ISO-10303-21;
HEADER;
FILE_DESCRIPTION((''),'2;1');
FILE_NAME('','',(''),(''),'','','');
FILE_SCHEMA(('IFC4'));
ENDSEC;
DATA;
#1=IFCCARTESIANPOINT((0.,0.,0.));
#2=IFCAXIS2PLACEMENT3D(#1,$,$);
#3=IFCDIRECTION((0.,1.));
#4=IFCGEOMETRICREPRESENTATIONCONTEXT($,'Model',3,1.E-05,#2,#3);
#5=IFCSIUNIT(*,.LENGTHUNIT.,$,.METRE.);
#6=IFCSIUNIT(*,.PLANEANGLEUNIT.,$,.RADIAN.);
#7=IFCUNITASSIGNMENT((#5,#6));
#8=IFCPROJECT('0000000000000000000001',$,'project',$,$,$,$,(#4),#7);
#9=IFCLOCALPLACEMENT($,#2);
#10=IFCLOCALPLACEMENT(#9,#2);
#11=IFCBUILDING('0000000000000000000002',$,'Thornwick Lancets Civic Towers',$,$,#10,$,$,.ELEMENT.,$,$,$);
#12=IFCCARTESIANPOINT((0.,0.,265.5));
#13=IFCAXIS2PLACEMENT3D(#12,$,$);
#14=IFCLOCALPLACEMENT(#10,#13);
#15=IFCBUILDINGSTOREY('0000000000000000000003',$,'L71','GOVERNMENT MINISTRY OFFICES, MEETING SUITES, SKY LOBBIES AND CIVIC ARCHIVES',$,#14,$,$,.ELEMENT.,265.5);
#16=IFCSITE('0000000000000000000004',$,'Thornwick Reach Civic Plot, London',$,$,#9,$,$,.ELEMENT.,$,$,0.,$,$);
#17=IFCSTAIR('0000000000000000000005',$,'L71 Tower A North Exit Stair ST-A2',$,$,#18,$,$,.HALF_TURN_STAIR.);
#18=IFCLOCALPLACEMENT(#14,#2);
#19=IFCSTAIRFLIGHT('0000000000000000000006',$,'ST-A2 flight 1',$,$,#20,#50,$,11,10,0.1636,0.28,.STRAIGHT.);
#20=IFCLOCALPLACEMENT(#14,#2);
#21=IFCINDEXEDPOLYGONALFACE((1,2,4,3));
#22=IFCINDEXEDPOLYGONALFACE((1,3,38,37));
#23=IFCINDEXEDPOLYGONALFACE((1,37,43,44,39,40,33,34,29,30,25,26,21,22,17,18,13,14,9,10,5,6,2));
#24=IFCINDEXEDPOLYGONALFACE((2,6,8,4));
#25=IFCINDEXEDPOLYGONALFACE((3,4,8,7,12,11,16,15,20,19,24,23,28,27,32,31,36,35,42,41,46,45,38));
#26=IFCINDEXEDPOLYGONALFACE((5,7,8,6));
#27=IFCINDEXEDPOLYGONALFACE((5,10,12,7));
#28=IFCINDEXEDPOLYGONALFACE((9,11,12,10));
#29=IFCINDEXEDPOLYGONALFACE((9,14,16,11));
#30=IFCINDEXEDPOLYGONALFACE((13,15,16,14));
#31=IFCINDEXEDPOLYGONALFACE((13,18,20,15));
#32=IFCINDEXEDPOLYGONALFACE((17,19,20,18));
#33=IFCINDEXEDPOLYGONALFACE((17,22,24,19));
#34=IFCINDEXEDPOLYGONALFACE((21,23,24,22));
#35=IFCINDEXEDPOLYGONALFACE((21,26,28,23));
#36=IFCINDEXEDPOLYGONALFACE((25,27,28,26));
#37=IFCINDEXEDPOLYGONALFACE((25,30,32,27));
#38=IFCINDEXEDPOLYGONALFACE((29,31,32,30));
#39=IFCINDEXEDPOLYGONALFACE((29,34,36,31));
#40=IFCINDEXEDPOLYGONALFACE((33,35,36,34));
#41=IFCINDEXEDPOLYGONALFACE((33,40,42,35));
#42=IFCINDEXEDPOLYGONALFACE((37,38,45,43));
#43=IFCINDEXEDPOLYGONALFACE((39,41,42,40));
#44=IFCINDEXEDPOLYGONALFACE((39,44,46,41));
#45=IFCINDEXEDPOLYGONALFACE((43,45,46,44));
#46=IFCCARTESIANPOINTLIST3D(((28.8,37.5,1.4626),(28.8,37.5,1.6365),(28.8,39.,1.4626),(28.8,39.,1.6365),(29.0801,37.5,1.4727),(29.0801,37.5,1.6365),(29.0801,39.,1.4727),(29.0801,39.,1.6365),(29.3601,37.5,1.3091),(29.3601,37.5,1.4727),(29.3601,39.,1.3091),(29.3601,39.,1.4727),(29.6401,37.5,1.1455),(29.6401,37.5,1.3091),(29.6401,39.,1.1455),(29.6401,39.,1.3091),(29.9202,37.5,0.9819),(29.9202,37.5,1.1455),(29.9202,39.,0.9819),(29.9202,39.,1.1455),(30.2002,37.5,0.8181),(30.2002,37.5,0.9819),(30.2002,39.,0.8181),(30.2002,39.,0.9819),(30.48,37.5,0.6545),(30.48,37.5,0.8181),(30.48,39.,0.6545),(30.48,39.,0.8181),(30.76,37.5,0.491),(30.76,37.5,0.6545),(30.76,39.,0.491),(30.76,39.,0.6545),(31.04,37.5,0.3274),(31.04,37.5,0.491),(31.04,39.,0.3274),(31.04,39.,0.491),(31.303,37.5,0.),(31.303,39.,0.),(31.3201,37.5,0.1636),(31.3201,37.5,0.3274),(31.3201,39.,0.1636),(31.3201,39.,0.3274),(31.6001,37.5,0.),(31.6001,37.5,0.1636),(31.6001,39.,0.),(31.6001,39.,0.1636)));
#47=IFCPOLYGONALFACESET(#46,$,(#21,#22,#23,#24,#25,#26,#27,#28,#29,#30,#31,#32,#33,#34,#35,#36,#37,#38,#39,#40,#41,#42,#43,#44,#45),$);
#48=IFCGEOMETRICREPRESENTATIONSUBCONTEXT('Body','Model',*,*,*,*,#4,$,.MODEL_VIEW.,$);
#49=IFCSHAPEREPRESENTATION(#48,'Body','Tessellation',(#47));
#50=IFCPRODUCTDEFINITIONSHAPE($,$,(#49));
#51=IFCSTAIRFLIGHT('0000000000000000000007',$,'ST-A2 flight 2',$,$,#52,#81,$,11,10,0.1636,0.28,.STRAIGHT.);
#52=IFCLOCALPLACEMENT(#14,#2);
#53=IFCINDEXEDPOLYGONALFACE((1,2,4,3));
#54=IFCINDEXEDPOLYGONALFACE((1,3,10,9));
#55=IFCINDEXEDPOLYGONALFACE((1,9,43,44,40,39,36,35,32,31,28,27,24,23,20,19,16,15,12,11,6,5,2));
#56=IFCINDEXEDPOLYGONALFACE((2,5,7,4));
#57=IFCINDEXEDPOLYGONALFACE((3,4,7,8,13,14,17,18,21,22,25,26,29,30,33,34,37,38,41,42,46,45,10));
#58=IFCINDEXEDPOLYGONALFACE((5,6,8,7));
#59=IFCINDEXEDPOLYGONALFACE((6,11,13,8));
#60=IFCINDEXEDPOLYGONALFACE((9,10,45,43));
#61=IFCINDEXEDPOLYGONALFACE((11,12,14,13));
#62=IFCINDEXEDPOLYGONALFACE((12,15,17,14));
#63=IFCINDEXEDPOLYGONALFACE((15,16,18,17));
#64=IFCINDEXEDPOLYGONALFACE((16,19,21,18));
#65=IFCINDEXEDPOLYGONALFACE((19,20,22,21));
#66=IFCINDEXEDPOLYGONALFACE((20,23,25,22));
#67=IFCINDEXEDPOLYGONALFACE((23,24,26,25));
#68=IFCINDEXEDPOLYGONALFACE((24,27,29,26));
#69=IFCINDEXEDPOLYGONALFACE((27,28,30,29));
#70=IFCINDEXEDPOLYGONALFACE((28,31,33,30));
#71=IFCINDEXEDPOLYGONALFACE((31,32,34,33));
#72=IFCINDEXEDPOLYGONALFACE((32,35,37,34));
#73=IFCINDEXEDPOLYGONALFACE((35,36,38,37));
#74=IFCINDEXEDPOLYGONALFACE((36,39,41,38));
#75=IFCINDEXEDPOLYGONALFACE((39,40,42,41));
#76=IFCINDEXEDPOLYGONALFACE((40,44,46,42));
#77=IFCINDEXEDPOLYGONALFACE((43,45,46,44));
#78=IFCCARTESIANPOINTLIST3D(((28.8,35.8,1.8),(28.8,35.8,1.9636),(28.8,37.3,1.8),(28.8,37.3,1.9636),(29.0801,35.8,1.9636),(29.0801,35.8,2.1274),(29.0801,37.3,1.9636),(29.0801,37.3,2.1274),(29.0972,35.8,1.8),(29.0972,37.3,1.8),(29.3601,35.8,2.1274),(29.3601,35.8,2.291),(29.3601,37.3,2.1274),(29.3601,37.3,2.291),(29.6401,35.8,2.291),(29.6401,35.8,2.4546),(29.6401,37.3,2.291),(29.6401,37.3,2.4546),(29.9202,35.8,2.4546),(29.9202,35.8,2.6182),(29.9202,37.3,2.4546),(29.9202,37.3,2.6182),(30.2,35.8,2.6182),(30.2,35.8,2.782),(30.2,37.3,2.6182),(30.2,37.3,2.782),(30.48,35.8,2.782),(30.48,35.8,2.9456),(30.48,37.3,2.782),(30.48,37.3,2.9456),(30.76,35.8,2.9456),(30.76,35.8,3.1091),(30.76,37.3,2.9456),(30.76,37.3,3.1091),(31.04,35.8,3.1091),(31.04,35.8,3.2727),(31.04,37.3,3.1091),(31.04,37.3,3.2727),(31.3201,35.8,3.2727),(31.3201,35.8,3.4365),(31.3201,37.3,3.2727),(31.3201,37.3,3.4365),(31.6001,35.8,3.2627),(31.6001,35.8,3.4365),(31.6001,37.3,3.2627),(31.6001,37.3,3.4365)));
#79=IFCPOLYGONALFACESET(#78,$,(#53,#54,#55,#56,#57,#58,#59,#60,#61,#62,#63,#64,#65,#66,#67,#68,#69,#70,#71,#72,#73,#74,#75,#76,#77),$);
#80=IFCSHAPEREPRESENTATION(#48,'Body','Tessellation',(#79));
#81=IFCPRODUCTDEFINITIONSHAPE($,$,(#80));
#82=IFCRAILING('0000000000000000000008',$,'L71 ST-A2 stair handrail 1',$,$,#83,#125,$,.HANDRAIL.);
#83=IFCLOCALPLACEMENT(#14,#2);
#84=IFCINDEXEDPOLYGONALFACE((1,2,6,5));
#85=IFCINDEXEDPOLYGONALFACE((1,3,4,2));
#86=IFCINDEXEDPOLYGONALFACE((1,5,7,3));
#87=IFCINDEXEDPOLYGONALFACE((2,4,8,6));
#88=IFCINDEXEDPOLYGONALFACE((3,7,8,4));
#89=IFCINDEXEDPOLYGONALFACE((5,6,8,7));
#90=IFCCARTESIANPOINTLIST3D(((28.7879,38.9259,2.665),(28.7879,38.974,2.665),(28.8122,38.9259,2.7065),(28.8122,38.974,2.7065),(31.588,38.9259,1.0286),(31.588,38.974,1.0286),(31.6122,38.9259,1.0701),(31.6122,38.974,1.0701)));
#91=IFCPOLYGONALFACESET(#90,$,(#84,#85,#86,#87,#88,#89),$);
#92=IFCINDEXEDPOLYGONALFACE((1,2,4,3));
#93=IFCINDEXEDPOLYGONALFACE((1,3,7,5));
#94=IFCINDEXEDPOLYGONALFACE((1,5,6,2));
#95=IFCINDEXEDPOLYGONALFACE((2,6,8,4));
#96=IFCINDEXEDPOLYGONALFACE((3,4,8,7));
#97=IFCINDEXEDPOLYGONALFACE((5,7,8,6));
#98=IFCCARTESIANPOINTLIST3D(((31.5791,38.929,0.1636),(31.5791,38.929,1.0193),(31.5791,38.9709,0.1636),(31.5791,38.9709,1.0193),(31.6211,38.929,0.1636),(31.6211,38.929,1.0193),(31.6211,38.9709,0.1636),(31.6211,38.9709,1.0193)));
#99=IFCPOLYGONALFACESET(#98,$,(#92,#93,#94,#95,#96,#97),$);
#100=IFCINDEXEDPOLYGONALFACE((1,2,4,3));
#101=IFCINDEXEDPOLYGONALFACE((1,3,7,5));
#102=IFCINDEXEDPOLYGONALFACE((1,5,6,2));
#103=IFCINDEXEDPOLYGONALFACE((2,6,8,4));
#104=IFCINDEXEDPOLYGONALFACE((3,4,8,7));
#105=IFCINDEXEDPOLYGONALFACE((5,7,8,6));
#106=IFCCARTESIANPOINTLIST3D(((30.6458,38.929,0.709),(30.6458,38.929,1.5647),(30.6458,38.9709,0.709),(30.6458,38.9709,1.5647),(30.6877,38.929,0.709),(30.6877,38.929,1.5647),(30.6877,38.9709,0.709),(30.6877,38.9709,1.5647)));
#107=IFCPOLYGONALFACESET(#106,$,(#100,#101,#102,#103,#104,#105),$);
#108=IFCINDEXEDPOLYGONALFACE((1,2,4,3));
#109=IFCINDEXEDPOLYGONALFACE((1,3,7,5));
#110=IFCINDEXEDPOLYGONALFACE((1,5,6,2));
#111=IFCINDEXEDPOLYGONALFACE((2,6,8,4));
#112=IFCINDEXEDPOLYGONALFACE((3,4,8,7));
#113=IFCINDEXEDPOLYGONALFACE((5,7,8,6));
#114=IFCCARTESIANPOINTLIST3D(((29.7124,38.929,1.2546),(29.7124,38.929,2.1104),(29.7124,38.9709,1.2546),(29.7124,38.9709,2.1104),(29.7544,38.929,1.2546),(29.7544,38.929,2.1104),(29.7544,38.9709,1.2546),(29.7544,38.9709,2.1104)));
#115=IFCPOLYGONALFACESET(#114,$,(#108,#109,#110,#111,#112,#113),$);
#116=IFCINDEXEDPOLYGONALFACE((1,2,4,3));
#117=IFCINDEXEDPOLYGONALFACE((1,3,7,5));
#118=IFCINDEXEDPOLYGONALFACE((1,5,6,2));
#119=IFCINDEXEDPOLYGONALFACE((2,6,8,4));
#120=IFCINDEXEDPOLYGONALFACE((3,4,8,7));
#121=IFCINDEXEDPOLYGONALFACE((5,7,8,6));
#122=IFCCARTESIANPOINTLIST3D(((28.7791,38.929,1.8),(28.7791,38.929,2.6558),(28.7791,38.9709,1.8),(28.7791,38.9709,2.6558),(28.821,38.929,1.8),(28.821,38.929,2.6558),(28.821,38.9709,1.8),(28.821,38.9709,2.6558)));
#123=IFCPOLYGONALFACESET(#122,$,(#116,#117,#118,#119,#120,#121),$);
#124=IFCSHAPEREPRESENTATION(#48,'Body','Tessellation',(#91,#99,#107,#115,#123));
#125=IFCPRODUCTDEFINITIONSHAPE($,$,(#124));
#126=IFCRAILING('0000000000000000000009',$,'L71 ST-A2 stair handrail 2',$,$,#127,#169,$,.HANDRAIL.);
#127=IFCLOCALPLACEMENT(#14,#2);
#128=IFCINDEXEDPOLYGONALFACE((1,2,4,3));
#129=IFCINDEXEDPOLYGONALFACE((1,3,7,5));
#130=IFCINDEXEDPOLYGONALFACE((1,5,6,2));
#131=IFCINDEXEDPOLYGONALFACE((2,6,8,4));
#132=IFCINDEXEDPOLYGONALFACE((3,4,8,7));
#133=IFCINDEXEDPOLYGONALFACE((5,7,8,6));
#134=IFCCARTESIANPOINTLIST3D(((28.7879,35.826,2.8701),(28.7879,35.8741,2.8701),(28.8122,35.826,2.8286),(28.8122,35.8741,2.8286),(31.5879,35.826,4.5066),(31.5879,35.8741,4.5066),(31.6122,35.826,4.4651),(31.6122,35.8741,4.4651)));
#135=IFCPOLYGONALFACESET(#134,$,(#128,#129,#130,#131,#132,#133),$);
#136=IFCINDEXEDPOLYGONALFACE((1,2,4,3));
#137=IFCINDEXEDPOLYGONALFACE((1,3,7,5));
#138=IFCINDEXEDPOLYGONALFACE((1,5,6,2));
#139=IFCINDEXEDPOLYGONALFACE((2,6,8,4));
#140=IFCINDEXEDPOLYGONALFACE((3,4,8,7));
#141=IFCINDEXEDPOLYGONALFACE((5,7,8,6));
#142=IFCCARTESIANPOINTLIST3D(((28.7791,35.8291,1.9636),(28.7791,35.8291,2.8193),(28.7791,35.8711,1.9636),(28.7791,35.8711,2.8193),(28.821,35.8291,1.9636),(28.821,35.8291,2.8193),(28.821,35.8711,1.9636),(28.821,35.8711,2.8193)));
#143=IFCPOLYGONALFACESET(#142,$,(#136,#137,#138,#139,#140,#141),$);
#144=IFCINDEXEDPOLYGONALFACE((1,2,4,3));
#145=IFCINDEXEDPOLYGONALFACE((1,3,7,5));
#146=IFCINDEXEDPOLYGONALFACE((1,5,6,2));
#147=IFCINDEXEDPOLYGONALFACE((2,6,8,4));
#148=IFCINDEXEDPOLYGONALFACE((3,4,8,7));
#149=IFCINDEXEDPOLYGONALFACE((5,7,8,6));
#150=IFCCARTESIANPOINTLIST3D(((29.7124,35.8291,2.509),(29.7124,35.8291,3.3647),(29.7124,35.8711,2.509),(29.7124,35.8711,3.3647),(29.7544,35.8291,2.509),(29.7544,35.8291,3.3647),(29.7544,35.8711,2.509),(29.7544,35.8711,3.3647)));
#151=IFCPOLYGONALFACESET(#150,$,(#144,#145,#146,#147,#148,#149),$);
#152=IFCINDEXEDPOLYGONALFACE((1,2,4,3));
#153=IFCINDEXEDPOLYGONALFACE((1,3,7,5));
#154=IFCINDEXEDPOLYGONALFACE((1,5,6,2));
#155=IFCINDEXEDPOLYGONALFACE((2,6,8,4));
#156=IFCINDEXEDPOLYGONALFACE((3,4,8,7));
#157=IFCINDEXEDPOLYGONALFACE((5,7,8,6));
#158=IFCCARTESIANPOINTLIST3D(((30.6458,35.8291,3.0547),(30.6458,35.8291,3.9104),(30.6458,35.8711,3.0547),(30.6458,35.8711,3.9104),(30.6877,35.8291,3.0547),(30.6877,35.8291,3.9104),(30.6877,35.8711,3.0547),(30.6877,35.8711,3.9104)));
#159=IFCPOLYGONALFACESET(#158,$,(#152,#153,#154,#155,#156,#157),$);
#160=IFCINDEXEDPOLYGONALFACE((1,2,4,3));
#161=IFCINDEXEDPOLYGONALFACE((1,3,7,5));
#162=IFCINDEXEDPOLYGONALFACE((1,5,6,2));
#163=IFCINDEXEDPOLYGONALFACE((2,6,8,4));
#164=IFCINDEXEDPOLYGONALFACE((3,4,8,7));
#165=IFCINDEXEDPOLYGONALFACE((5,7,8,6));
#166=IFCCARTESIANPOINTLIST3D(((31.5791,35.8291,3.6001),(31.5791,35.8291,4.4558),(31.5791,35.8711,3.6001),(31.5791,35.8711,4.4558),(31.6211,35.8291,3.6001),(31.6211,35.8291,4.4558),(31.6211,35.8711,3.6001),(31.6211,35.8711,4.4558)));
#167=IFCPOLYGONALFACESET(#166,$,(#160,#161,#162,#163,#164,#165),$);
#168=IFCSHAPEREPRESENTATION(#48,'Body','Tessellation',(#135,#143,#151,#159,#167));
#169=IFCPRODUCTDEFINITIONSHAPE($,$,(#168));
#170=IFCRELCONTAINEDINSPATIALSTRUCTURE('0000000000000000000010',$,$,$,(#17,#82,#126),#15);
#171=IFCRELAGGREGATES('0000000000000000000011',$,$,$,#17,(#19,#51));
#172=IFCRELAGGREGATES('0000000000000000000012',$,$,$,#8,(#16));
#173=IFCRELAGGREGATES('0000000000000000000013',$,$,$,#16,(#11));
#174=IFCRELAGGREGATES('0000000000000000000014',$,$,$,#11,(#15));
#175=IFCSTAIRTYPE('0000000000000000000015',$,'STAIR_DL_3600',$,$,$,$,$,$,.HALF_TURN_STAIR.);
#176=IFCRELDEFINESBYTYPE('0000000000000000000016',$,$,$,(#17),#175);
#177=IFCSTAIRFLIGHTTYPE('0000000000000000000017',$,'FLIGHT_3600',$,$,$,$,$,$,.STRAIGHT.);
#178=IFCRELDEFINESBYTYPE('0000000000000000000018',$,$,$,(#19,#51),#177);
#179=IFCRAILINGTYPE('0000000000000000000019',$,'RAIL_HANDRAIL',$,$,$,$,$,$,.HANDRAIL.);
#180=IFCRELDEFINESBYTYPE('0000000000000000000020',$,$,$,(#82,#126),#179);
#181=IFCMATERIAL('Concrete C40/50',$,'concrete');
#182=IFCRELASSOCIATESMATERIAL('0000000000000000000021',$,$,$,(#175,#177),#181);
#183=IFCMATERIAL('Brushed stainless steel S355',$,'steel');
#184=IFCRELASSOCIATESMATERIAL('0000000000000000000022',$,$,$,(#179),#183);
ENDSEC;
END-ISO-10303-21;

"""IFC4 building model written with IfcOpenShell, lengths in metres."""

from ifc_helpers import new_model, si_unit, direction, frame, origin, origin_2d, place, context, subcontext, project, spatial, polyline, rectangle, outline, extrude, material, type_object, element, aggregate, save


model = new_model("IFC4")

# Units and contexts
model_context = context("Model", 3, precision=1e-05, world=origin(), true_north=direction((0.0, 1.0)))
body_context = subcontext(model_context, "Body", "Model", "MODEL_VIEW")
ifc_project = project(units=[si_unit("LENGTHUNIT", "METRE"), si_unit("PLANEANGLEUNIT", "RADIAN")], contexts=[model_context])

# Site, building, storey
site_placement = place(None, origin())
site = spatial("IfcSite", under=ifc_project, at=site_placement, Name="Thornwick Reach Civic Plot, London", CompositionType="ELEMENT", RefElevation=0.0)
building_placement = place(site_placement, origin())
building = spatial("IfcBuilding", under=site, at=building_placement, Name="Thornwick Lancets Civic Towers", CompositionType="ELEMENT")
storey_placement = place(building_placement, frame((0.0, 0.0, 265.5)))
storey = spatial("IfcBuildingStorey", under=building, at=storey_placement, Name="L71", Description="GOVERNMENT MINISTRY OFFICES, MEETING SUITES, SKY LOBBIES AND CIVIC ARCHIVES", CompositionType="ELEMENT", Elevation=265.5)

# Shared definitions
ifc_material_1 = material(Name="Concrete C40/50", Category="concrete")

# Stair, stair flights
stair_type = type_object("IfcStairType", Name="STAIR_DL_3600", PredefinedType="HALF_TURN_STAIR", material=ifc_material_1)
stair_placement = place(storey_placement, origin())
stair = element("IfcStair", 1, at=stair_placement, inside=storey, type_object=stair_type, Name="L71 Tower A North Exit Stair ST-A2", PredefinedType="HALF_TURN_STAIR")
stair_flight_type = type_object("IfcStairFlightType", Name="FLIGHT_3600", PredefinedType="STRAIGHT", material=ifc_material_1)
stair_flight_1_placement = place(storey_placement, frame((31.6001, 38.25, 0.0), z_axis=(0.0, 0.0, 1.0), x_axis=(-1.0, 0.0, 0.0)))
stair_flight_1 = element("IfcStairFlight", 2, at=stair_flight_1_placement, type_object=stair_flight_type, Name="ST-A2 flight 1", NumberOfRisers=11, NumberOfTreads=10, PredefinedType="STRAIGHT", RiserHeight=0.1636, TreadLength=0.28, context=body_context, shape_type="SweptSolid", body=[
    extrude(outline(polyline([(0.0, 0.0), (0.0, 0.1636), (0.28, 0.1636), (0.28, 0.3274), (0.5601, 0.3274), (0.5601, 0.491), (0.8401, 0.491), (0.8401, 0.6545), (1.1201, 0.6545), (1.1201, 0.8181), (1.3999, 0.8181), (1.3999, 0.9819), (1.6799, 0.9819), (1.6799, 1.1455), (1.96, 1.1455), (1.96, 1.3091), (2.24, 1.3091), (2.24, 1.4727), (2.52, 1.4727), (2.52, 1.6365), (2.8, 1.6365), (2.8, 1.8), (2.8, 1.4626), (0.2971, 0.0), (0.0, 0.0)])), frame((0.0, 0.75, 0.0), z_axis=(0.0, -1.0, 0.0), x_axis=(1.0, 0.0, 0.0)), (0.0, 0.0, 1.0), 1.5),
])
stair_flight_2_placement = place(storey_placement, frame((28.8, 36.55, 1.8), z_axis=(0.0, 0.0, 1.0), x_axis=(1.0, 0.0, 0.0)))
stair_flight_2 = element("IfcStairFlight", 3, at=stair_flight_2_placement, type_object=stair_flight_type, Name="ST-A2 flight 2", NumberOfRisers=11, NumberOfTreads=10, PredefinedType="STRAIGHT", RiserHeight=0.1636, TreadLength=0.28, context=body_context, shape_type="SweptSolid", body=[
    extrude(outline(polyline([(0.0, 0.0), (0.0, 0.1636), (0.28, 0.1636), (0.28, 0.3274), (0.5601, 0.3274), (0.5601, 0.491), (0.8401, 0.491), (0.8401, 0.6545), (1.1201, 0.6545), (1.1201, 0.8181), (1.3999, 0.8181), (1.3999, 0.9819), (1.6799, 0.9819), (1.6799, 1.1455), (1.96, 1.1455), (1.96, 1.3091), (2.24, 1.3091), (2.24, 1.4727), (2.52, 1.4727), (2.52, 1.6365), (2.8, 1.6365), (2.8, 1.8), (2.8, 1.4626), (0.2971, 0.0), (0.0, 0.0)])), frame((0.0, 0.75, 0.0), z_axis=(0.0, -1.0, 0.0), x_axis=(1.0, 0.0, 0.0)), (0.0, 0.0, 1.0), 1.5),
])
aggregate(stair, [stair_flight_1, stair_flight_2])

# Railings
ifc_material_2 = material(Name="Brushed stainless steel S355", Category="steel")
railing_type_1 = type_object("IfcRailingType", Name="RAIL_HANDRAIL", PredefinedType="HANDRAIL", material=ifc_material_2)
railing_1_placement = place(storey_placement, frame((31.6001, 38.95, 0.1636)))
element("IfcRailing", 4, at=railing_1_placement, inside=storey, type_object=railing_type_1, Name="L71 ST-A2 stair handrail 1", PredefinedType="HANDRAIL", context=body_context, shape_type="SweptSolid", body=[
    extrude(rectangle(XDim=0.0481, YDim=0.0481, at=origin_2d()), frame((0.0, 0.0, 0.8857), z_axis=(-0.863361, 0.0, 0.504587), x_axis=(0.0, -1.0, 0.0)), (0.0, 0.0, 1.0), 3.2432),
    extrude(rectangle(XDim=0.042, YDim=0.042, at=origin_2d()), origin(), (0.0, 0.0, 1.0), 0.8557),
    extrude(rectangle(XDim=0.042, YDim=0.042, at=origin_2d()), frame((-0.9333, 0.0, 0.5454)), (0.0, 0.0, 1.0), 0.8557),
    extrude(rectangle(XDim=0.042, YDim=0.042, at=origin_2d()), frame((-1.8667, 0.0, 1.0911)), (0.0, 0.0, 1.0), 0.8557),
    extrude(rectangle(XDim=0.042, YDim=0.042, at=origin_2d()), frame((-2.8, 0.0, 1.6365)), (0.0, 0.0, 1.0), 0.8557),
])
railing_2_placement = place(storey_placement, frame((28.8, 35.8501, 1.9636)))
element("IfcRailing", 5, at=railing_2_placement, inside=storey, type_object=railing_type_1, Name="L71 ST-A2 stair handrail 2", PredefinedType="HANDRAIL", context=body_context, shape_type="SweptSolid", body=[
    extrude(rectangle(XDim=0.0481, YDim=0.0481, at=origin_2d()), frame((0.0, 0.0, 0.8857), z_axis=(0.863361, 0.0, 0.504587), x_axis=(0.0, 1.0, 0.0)), (0.0, 0.0, 1.0), 3.2432),
    extrude(rectangle(XDim=0.042, YDim=0.042, at=origin_2d()), origin(), (0.0, 0.0, 1.0), 0.8557),
    extrude(rectangle(XDim=0.042, YDim=0.042, at=origin_2d()), frame((0.9333, 0.0, 0.5454)), (0.0, 0.0, 1.0), 0.8557),
    extrude(rectangle(XDim=0.042, YDim=0.042, at=origin_2d()), frame((1.8667, 0.0, 1.0911)), (0.0, 0.0, 1.0), 0.8557),
    extrude(rectangle(XDim=0.042, YDim=0.042, at=origin_2d()), frame((2.8, 0.0, 1.6365)), (0.0, 0.0, 1.0), 0.8557),
])

save(model, "model.ifc")
